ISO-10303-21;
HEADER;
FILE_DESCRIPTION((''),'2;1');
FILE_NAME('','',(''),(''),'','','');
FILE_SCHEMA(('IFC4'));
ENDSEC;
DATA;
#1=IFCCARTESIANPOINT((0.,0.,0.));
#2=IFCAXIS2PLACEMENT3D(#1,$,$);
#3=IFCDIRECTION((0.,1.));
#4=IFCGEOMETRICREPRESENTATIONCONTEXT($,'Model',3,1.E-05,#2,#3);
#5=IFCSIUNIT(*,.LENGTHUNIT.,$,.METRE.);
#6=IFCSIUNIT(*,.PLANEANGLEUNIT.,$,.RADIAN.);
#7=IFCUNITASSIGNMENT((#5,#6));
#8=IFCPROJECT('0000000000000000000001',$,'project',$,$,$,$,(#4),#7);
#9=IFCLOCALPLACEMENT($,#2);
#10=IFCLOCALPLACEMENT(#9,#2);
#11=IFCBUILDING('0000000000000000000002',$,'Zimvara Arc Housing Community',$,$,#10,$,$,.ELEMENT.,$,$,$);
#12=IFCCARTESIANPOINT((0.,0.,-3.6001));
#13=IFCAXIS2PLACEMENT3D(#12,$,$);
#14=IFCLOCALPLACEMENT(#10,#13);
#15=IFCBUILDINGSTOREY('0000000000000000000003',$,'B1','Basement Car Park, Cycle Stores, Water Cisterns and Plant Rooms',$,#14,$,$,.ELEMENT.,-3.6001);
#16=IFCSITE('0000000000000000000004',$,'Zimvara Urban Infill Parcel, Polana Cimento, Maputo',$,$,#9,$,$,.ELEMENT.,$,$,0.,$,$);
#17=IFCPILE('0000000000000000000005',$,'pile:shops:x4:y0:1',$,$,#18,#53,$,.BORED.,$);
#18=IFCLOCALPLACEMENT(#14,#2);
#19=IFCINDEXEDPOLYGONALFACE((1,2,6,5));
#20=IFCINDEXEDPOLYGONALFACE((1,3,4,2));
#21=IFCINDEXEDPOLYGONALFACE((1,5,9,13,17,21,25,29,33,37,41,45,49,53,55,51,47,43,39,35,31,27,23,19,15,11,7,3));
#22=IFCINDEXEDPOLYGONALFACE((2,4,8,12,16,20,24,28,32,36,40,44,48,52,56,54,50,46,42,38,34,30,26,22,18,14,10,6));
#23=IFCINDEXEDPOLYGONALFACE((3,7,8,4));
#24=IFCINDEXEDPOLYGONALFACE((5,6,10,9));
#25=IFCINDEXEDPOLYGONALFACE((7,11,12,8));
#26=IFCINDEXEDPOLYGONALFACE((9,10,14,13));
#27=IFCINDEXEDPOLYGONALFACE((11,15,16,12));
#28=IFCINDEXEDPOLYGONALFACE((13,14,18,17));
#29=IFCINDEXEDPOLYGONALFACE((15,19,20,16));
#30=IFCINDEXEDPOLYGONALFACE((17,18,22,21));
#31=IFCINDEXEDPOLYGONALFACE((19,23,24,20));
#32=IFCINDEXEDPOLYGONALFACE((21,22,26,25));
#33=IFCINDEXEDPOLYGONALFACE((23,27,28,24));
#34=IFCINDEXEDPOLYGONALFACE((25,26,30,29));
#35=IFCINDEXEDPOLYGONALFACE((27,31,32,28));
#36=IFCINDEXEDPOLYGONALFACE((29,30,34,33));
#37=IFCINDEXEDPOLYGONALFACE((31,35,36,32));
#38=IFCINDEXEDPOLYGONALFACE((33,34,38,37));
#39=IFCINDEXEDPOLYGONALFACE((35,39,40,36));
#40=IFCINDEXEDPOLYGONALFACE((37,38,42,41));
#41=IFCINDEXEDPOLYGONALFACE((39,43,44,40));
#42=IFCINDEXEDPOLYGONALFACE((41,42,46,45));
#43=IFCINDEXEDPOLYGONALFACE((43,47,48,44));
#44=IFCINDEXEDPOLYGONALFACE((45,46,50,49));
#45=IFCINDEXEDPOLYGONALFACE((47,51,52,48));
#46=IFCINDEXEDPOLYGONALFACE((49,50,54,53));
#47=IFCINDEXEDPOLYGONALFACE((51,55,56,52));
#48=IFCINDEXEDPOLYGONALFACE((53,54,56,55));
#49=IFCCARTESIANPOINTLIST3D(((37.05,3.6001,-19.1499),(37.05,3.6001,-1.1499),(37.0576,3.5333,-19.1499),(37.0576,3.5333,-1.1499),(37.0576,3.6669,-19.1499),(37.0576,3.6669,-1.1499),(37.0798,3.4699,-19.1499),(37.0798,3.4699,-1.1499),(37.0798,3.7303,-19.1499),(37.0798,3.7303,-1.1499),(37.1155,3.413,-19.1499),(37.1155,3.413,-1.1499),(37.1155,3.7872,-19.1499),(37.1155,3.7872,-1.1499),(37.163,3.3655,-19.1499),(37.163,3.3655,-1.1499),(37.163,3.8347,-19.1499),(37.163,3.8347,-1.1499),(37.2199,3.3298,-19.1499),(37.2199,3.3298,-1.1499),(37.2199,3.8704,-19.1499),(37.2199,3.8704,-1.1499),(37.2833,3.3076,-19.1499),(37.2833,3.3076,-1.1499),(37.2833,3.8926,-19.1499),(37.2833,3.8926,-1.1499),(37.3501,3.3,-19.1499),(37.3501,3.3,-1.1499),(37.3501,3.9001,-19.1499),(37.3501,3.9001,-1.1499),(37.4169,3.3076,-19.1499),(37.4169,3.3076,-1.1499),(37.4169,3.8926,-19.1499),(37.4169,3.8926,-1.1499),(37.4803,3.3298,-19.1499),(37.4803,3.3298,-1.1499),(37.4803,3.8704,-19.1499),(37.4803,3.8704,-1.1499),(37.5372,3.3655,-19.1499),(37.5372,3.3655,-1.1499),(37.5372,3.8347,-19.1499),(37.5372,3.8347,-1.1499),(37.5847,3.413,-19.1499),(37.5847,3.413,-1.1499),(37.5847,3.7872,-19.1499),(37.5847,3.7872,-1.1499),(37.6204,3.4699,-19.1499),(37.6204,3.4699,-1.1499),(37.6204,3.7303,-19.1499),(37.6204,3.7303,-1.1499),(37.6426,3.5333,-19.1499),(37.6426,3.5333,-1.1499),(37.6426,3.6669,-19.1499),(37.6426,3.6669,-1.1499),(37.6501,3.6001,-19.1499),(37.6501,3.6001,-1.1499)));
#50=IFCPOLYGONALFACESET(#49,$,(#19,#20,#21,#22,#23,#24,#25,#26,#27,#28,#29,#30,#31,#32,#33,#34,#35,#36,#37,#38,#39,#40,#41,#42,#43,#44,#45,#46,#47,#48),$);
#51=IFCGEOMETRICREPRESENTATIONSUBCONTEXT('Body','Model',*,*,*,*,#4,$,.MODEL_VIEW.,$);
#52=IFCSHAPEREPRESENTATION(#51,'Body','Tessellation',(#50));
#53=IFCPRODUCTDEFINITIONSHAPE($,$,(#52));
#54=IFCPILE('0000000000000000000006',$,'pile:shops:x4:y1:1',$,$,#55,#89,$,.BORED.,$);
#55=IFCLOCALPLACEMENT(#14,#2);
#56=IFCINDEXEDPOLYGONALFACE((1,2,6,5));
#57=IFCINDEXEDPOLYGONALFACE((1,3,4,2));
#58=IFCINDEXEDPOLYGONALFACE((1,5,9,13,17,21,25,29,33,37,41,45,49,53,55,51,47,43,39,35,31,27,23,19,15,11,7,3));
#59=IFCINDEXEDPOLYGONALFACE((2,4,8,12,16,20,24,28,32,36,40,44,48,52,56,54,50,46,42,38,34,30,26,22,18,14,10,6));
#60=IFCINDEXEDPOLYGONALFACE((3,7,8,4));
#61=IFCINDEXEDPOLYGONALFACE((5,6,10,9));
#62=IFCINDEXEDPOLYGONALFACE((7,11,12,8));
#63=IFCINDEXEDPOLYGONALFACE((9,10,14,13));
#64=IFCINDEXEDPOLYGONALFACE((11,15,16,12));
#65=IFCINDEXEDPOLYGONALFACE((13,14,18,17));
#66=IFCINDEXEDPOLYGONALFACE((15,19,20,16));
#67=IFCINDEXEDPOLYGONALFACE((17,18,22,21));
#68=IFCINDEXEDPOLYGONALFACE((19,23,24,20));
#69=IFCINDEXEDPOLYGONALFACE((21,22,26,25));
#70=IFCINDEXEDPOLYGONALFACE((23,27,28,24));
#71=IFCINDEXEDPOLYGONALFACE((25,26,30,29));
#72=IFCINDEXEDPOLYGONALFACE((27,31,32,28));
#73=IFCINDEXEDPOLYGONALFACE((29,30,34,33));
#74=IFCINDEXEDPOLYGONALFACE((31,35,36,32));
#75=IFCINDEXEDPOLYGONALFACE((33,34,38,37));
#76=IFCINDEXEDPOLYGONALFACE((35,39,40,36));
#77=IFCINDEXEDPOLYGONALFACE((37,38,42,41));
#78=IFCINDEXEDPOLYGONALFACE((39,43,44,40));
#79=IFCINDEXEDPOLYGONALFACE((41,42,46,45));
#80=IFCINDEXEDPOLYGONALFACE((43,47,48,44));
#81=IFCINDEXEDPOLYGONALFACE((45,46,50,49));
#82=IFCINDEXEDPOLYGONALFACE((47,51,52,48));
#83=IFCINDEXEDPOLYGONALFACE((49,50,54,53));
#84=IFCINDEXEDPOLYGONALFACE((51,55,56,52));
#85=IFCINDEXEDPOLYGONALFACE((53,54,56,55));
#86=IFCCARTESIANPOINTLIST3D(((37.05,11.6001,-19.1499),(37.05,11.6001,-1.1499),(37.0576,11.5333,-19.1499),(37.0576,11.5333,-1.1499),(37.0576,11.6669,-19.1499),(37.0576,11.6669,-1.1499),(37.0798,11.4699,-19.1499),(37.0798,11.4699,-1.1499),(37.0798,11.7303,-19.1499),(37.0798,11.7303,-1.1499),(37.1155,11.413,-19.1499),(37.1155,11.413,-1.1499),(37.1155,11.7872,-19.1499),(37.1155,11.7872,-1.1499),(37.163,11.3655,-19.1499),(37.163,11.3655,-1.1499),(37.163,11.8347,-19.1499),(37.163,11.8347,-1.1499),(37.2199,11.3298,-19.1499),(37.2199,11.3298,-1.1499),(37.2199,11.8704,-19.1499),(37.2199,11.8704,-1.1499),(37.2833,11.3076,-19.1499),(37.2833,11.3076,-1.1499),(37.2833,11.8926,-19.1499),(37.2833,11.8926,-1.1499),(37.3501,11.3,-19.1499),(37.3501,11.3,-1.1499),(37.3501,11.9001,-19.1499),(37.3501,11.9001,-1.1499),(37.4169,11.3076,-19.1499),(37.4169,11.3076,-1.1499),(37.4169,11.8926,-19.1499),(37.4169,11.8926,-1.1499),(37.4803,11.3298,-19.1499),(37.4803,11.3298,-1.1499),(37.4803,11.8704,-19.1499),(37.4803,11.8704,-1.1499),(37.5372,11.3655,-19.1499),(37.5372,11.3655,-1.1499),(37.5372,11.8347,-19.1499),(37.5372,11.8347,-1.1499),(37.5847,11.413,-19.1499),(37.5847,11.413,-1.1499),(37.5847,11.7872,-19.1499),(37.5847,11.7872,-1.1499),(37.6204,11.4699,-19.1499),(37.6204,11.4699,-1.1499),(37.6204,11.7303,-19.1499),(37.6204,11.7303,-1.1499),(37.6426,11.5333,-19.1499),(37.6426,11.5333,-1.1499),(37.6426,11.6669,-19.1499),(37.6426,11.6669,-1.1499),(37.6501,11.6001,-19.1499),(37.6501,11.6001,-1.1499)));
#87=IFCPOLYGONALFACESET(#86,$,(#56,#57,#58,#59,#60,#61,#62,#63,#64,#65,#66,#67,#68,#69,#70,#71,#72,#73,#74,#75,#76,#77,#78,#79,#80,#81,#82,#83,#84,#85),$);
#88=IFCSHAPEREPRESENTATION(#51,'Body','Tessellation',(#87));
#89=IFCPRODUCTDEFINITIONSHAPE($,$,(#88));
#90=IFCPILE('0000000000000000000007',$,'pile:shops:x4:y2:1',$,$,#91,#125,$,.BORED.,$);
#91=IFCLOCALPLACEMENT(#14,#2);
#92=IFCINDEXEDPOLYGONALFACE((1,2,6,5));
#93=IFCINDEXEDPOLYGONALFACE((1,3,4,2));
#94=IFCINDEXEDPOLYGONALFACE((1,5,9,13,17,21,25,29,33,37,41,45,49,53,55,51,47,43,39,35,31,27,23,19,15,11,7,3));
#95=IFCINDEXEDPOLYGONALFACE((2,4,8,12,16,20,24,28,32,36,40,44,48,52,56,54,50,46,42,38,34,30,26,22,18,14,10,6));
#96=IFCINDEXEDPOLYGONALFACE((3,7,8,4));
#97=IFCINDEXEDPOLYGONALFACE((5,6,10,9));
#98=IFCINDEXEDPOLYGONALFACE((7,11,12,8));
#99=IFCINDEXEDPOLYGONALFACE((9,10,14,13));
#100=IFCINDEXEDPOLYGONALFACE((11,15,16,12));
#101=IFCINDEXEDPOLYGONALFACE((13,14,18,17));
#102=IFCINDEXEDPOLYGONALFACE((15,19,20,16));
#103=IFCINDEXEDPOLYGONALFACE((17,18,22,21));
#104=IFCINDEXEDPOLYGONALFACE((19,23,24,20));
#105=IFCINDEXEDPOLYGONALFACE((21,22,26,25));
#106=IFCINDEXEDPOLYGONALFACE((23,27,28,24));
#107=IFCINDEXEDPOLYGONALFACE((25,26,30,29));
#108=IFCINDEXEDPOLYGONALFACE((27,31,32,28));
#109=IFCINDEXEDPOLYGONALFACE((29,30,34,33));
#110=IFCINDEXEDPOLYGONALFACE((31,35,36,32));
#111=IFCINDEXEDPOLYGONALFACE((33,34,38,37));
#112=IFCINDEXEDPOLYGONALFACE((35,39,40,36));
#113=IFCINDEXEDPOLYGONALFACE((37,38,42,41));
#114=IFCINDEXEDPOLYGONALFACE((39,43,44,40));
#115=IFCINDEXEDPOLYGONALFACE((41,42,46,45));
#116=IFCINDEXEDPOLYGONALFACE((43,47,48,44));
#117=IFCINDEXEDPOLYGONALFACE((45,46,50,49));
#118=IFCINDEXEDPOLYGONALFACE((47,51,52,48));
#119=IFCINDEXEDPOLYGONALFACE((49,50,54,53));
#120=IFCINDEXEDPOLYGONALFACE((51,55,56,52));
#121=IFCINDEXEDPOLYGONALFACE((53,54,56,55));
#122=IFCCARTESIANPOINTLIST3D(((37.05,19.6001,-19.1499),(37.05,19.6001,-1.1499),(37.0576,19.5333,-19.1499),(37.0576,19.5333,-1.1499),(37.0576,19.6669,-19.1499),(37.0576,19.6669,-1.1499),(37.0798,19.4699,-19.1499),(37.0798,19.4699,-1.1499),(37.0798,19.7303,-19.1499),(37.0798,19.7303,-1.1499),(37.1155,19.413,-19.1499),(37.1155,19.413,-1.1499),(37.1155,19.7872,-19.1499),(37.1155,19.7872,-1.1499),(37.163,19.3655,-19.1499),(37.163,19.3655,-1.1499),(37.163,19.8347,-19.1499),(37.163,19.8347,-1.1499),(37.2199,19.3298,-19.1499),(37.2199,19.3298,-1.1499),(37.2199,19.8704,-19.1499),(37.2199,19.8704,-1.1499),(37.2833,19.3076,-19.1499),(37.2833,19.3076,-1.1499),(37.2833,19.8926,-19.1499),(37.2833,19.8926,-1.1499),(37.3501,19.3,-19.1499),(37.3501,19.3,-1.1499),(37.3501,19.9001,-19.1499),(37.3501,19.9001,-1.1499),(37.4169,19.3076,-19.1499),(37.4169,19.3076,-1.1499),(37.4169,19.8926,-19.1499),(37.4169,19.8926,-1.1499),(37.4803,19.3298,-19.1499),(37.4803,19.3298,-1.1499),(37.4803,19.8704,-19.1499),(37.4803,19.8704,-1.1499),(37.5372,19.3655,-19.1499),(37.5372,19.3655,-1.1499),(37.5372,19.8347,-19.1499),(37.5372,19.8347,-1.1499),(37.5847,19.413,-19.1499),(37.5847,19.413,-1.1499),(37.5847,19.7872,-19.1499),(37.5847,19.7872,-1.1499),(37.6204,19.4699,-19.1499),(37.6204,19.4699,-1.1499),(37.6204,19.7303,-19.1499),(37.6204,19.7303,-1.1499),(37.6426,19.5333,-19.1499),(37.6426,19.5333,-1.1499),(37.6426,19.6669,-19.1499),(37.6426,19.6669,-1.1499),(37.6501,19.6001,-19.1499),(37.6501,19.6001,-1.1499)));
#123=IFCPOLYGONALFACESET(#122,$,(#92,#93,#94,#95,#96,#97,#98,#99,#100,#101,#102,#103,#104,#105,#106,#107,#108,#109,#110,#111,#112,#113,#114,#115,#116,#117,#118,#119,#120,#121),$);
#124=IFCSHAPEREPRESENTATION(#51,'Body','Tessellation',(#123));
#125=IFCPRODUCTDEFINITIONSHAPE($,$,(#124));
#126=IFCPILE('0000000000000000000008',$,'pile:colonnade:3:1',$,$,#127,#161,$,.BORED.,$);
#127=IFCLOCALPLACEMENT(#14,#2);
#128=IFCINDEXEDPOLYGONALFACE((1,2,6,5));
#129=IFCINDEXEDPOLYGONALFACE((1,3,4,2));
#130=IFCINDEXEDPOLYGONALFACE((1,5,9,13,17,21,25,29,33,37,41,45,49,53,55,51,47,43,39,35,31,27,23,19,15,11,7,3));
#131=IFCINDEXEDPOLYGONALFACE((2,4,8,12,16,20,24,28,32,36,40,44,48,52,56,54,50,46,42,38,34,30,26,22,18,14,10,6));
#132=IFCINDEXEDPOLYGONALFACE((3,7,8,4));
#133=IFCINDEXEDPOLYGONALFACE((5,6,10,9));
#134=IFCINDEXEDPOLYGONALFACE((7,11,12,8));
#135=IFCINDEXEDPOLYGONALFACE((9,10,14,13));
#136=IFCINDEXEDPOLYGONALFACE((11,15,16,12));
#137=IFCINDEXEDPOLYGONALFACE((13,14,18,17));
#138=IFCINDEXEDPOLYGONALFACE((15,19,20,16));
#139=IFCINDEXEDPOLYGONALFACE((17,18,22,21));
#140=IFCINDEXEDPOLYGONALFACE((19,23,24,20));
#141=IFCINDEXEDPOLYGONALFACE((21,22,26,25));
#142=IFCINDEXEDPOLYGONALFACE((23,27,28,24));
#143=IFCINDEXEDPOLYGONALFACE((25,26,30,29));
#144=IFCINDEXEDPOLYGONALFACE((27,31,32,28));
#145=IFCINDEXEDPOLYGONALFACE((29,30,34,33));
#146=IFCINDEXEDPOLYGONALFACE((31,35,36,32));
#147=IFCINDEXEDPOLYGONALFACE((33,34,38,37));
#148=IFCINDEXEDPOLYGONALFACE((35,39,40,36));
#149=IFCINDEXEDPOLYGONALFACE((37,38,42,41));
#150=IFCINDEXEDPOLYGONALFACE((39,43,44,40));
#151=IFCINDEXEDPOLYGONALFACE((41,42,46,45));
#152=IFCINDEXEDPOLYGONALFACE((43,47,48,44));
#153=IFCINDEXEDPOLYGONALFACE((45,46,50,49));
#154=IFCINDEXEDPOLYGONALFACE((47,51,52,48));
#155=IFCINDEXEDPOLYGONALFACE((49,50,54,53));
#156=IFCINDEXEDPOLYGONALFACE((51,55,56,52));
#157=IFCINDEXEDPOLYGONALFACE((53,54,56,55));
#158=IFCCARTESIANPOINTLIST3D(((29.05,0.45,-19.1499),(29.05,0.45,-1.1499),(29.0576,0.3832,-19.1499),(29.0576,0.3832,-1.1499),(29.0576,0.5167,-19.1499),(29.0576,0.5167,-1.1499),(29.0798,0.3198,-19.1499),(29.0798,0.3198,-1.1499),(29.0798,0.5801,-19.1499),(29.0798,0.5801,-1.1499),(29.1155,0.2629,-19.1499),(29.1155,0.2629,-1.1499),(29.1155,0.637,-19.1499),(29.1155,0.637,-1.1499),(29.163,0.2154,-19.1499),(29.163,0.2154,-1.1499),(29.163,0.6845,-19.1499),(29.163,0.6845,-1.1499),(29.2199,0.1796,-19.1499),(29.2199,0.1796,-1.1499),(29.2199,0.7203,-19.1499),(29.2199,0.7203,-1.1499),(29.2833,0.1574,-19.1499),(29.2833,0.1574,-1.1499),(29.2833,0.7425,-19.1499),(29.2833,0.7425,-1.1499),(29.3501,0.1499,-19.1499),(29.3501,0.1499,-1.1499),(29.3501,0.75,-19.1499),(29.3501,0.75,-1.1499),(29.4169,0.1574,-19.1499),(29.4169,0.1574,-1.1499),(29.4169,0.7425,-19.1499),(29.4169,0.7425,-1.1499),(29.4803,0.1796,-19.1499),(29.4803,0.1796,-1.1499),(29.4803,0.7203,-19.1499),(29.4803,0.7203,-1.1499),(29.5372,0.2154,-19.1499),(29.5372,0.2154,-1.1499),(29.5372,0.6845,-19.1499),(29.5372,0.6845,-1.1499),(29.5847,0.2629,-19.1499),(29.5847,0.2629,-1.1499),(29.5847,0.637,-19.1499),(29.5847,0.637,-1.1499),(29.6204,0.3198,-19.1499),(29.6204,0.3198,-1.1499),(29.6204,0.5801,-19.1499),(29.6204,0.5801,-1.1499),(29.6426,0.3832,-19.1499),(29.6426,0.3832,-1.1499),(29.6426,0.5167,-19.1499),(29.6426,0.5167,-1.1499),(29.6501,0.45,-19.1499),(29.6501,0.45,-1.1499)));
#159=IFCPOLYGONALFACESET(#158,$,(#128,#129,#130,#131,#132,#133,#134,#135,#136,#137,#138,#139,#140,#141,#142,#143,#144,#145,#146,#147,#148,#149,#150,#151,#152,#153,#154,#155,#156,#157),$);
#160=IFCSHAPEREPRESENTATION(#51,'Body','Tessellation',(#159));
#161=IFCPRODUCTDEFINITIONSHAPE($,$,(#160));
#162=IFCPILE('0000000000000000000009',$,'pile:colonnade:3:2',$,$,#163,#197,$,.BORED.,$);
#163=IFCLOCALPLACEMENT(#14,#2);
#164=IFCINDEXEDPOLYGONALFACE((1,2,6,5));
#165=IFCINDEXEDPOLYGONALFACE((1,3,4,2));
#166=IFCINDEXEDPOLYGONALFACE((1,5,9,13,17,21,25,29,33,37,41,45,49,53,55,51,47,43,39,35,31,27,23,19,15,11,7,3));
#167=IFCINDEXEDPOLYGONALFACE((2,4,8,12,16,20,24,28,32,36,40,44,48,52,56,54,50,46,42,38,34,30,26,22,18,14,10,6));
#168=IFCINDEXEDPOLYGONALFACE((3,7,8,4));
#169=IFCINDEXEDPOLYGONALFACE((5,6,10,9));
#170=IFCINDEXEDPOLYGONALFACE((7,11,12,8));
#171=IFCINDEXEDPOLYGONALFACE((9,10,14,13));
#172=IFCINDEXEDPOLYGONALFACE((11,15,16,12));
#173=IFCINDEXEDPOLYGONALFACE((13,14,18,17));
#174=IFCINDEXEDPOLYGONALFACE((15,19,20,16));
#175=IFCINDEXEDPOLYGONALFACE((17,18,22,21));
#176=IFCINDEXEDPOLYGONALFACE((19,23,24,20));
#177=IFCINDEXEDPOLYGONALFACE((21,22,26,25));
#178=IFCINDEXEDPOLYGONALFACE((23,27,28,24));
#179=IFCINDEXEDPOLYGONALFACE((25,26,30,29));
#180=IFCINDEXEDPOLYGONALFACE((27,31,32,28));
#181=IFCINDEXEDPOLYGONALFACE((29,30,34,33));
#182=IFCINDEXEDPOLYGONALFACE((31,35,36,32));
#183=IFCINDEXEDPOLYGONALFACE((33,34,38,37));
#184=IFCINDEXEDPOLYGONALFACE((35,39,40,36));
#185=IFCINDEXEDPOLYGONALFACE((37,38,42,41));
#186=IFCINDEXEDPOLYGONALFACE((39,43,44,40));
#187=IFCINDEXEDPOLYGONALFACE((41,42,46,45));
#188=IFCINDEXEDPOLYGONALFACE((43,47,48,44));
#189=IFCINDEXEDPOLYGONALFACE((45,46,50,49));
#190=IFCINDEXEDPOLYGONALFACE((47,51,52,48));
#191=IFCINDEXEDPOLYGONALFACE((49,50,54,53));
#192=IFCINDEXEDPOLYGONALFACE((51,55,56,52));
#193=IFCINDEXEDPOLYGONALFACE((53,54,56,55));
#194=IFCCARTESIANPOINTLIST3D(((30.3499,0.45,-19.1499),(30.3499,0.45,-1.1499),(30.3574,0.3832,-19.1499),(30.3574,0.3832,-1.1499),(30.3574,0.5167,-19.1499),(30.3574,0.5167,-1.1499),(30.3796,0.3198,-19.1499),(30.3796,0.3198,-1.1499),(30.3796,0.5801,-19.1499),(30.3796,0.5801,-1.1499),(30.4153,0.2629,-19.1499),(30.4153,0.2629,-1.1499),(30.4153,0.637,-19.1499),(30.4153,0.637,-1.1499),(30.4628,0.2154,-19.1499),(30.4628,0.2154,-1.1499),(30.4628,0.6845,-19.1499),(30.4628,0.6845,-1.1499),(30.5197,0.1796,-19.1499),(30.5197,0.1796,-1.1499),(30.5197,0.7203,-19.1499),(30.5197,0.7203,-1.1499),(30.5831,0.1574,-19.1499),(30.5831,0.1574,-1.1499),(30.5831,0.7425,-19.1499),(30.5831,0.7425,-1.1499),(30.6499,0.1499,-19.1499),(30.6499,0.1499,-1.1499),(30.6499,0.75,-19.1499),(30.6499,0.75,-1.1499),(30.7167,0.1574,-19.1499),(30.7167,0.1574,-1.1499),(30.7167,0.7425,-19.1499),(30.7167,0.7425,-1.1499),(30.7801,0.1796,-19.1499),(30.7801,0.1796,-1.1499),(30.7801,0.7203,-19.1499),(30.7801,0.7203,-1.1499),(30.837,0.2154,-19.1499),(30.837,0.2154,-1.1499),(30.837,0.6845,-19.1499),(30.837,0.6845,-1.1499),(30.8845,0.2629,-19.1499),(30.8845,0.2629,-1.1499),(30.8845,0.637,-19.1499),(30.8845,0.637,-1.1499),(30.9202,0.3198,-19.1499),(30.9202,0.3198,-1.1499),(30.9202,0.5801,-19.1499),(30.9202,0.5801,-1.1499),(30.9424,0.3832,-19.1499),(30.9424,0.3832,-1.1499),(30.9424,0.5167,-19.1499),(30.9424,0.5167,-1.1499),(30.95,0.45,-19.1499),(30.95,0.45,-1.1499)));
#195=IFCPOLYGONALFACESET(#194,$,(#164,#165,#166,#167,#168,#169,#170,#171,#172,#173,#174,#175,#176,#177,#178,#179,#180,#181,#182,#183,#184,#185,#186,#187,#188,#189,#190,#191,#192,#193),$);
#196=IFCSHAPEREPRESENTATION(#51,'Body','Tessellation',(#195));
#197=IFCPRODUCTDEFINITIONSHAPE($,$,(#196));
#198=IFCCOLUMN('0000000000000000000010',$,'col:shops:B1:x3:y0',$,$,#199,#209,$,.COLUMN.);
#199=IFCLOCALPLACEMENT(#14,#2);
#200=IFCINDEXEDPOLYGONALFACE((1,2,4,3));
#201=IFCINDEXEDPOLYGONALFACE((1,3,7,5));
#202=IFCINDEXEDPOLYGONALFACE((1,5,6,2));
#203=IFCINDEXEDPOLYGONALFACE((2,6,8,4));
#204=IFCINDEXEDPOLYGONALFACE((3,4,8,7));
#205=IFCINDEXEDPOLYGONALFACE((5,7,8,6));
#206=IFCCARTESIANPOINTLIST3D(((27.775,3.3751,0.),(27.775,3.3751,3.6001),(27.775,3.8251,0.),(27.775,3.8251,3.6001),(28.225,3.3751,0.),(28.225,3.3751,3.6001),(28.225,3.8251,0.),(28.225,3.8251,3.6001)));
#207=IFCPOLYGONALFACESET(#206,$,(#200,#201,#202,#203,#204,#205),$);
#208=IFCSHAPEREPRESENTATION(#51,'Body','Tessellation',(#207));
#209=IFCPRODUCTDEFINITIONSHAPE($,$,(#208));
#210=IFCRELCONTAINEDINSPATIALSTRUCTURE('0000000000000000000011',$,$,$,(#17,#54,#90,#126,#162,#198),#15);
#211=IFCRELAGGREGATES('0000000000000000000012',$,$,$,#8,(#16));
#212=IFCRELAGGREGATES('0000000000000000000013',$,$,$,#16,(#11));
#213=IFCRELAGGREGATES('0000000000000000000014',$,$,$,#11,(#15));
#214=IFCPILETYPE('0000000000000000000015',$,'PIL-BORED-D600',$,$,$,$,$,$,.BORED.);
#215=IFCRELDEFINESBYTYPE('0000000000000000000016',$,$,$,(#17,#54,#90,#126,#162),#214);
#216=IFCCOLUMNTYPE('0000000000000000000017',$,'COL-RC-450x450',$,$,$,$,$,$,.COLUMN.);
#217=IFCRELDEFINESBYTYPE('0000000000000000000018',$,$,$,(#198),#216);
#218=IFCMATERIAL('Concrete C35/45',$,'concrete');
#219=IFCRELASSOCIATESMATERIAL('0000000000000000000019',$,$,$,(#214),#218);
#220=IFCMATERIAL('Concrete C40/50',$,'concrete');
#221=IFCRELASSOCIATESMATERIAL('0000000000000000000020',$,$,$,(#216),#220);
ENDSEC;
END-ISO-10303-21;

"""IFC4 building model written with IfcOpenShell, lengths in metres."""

from ifc_helpers import new_model, si_unit, direction, frame, origin, origin_2d, place, context, subcontext, project, spatial, rectangle, circle, extrude, material, material_profile, profile_set, type_object, element, save


model = new_model("IFC4")

# Units and contexts
model_context = context("Model", 3, precision=1e-05, world=origin(), true_north=direction((0.0, 1.0)))
body_context = subcontext(model_context, "Body", "Model", "MODEL_VIEW")
ifc_project = project(units=[si_unit("LENGTHUNIT", "METRE"), si_unit("PLANEANGLEUNIT", "RADIAN")], contexts=[model_context])

# Site, building, storey
site_placement = place(None, origin())
site = spatial("IfcSite", under=ifc_project, at=site_placement, Name="Zimvara Urban Infill Parcel, Polana Cimento, Maputo", CompositionType="ELEMENT", RefElevation=0.0)
building_placement = place(site_placement, origin())
building = spatial("IfcBuilding", under=site, at=building_placement, Name="Zimvara Arc Housing Community", CompositionType="ELEMENT")
storey_placement = place(building_placement, frame((0.0, 0.0, -3.6001)))
storey = spatial("IfcBuildingStorey", under=building, at=storey_placement, Name="B1", Description="Basement Car Park, Cycle Stores, Water Cisterns and Plant Rooms", CompositionType="ELEMENT", Elevation=-3.6001)

# Piles
ifc_material_1 = material(Name="Concrete C35/45", Category="concrete")
ifc_material_profile_1 = material_profile(ifc_material_1, circle(Radius=0.3, at=origin_2d()), Name="PILE D600")
ifc_profile_set_1 = profile_set([ifc_material_profile_1], Name="Concrete C35/45")
pile_type = type_object("IfcPileType", Name="PIL-BORED-D600", PredefinedType="BORED", material=ifc_profile_set_1)
for number, where, z_axis, x_axis, name in (
    (1, (37.3501, 3.6001, -1.1499), (0.0, 0.0, -1.0), (1.0, 0.0, 0.0), "pile:shops:x4:y0:1"),
    (2, (37.3501, 11.6001, -1.1499), (0.0, 0.0, -1.0), (1.0, 0.0, 0.0), "pile:shops:x4:y1:1"),
    (3, (37.3501, 19.6001, -1.1499), (0.0, 0.0, -1.0), (1.0, 0.0, 0.0), "pile:shops:x4:y2:1"),
    (4, (29.3501, 0.45, -1.1499), (0.0, 0.0, -1.0), (1.0, 0.0, 0.0), "pile:colonnade:3:1"),
    (5, (30.6499, 0.45, -1.1499), (0.0, 0.0, -1.0), (1.0, 0.0, 0.0), "pile:colonnade:3:2"),
):
    element("IfcPile", number, at=place(storey_placement, frame(where, z_axis=z_axis, x_axis=x_axis)), inside=storey, type_object=pile_type, Name=name, PredefinedType="BORED", context=body_context, shape_type="SweptSolid", body=[
        extrude(circle(Radius=0.3, at=origin_2d()), origin(), (0.0, 0.0, 1.0), 18.0),
    ])

# Column
ifc_material_2 = material(Name="Concrete C40/50", Category="concrete")
ifc_material_profile_2 = material_profile(ifc_material_2, rectangle(XDim=0.45, YDim=0.45, at=origin_2d()), Name="RC 450x450")
ifc_profile_set_2 = profile_set([ifc_material_profile_2], Name="Concrete C40/50")
column_type_1 = type_object("IfcColumnType", Name="COL-RC-450x450", PredefinedType="COLUMN", material=ifc_profile_set_2)
for number, where, z_axis, x_axis, name in (
    (6, (28.0, 3.6001, 0.0), (0.0, 0.0, 1.0), (1.0, 0.0, 0.0), "col:shops:B1:x3:y0"),
):
    element("IfcColumn", number, at=place(storey_placement, frame(where, z_axis=z_axis, x_axis=x_axis)), inside=storey, type_object=column_type_1, Name=name, PredefinedType="COLUMN", context=body_context, shape_type="SweptSolid", body=[
        extrude(rectangle(XDim=0.45, YDim=0.45, at=origin_2d()), origin(), (0.0, 0.0, 1.0), 3.6001),
    ])

save(model, "model.ifc")
